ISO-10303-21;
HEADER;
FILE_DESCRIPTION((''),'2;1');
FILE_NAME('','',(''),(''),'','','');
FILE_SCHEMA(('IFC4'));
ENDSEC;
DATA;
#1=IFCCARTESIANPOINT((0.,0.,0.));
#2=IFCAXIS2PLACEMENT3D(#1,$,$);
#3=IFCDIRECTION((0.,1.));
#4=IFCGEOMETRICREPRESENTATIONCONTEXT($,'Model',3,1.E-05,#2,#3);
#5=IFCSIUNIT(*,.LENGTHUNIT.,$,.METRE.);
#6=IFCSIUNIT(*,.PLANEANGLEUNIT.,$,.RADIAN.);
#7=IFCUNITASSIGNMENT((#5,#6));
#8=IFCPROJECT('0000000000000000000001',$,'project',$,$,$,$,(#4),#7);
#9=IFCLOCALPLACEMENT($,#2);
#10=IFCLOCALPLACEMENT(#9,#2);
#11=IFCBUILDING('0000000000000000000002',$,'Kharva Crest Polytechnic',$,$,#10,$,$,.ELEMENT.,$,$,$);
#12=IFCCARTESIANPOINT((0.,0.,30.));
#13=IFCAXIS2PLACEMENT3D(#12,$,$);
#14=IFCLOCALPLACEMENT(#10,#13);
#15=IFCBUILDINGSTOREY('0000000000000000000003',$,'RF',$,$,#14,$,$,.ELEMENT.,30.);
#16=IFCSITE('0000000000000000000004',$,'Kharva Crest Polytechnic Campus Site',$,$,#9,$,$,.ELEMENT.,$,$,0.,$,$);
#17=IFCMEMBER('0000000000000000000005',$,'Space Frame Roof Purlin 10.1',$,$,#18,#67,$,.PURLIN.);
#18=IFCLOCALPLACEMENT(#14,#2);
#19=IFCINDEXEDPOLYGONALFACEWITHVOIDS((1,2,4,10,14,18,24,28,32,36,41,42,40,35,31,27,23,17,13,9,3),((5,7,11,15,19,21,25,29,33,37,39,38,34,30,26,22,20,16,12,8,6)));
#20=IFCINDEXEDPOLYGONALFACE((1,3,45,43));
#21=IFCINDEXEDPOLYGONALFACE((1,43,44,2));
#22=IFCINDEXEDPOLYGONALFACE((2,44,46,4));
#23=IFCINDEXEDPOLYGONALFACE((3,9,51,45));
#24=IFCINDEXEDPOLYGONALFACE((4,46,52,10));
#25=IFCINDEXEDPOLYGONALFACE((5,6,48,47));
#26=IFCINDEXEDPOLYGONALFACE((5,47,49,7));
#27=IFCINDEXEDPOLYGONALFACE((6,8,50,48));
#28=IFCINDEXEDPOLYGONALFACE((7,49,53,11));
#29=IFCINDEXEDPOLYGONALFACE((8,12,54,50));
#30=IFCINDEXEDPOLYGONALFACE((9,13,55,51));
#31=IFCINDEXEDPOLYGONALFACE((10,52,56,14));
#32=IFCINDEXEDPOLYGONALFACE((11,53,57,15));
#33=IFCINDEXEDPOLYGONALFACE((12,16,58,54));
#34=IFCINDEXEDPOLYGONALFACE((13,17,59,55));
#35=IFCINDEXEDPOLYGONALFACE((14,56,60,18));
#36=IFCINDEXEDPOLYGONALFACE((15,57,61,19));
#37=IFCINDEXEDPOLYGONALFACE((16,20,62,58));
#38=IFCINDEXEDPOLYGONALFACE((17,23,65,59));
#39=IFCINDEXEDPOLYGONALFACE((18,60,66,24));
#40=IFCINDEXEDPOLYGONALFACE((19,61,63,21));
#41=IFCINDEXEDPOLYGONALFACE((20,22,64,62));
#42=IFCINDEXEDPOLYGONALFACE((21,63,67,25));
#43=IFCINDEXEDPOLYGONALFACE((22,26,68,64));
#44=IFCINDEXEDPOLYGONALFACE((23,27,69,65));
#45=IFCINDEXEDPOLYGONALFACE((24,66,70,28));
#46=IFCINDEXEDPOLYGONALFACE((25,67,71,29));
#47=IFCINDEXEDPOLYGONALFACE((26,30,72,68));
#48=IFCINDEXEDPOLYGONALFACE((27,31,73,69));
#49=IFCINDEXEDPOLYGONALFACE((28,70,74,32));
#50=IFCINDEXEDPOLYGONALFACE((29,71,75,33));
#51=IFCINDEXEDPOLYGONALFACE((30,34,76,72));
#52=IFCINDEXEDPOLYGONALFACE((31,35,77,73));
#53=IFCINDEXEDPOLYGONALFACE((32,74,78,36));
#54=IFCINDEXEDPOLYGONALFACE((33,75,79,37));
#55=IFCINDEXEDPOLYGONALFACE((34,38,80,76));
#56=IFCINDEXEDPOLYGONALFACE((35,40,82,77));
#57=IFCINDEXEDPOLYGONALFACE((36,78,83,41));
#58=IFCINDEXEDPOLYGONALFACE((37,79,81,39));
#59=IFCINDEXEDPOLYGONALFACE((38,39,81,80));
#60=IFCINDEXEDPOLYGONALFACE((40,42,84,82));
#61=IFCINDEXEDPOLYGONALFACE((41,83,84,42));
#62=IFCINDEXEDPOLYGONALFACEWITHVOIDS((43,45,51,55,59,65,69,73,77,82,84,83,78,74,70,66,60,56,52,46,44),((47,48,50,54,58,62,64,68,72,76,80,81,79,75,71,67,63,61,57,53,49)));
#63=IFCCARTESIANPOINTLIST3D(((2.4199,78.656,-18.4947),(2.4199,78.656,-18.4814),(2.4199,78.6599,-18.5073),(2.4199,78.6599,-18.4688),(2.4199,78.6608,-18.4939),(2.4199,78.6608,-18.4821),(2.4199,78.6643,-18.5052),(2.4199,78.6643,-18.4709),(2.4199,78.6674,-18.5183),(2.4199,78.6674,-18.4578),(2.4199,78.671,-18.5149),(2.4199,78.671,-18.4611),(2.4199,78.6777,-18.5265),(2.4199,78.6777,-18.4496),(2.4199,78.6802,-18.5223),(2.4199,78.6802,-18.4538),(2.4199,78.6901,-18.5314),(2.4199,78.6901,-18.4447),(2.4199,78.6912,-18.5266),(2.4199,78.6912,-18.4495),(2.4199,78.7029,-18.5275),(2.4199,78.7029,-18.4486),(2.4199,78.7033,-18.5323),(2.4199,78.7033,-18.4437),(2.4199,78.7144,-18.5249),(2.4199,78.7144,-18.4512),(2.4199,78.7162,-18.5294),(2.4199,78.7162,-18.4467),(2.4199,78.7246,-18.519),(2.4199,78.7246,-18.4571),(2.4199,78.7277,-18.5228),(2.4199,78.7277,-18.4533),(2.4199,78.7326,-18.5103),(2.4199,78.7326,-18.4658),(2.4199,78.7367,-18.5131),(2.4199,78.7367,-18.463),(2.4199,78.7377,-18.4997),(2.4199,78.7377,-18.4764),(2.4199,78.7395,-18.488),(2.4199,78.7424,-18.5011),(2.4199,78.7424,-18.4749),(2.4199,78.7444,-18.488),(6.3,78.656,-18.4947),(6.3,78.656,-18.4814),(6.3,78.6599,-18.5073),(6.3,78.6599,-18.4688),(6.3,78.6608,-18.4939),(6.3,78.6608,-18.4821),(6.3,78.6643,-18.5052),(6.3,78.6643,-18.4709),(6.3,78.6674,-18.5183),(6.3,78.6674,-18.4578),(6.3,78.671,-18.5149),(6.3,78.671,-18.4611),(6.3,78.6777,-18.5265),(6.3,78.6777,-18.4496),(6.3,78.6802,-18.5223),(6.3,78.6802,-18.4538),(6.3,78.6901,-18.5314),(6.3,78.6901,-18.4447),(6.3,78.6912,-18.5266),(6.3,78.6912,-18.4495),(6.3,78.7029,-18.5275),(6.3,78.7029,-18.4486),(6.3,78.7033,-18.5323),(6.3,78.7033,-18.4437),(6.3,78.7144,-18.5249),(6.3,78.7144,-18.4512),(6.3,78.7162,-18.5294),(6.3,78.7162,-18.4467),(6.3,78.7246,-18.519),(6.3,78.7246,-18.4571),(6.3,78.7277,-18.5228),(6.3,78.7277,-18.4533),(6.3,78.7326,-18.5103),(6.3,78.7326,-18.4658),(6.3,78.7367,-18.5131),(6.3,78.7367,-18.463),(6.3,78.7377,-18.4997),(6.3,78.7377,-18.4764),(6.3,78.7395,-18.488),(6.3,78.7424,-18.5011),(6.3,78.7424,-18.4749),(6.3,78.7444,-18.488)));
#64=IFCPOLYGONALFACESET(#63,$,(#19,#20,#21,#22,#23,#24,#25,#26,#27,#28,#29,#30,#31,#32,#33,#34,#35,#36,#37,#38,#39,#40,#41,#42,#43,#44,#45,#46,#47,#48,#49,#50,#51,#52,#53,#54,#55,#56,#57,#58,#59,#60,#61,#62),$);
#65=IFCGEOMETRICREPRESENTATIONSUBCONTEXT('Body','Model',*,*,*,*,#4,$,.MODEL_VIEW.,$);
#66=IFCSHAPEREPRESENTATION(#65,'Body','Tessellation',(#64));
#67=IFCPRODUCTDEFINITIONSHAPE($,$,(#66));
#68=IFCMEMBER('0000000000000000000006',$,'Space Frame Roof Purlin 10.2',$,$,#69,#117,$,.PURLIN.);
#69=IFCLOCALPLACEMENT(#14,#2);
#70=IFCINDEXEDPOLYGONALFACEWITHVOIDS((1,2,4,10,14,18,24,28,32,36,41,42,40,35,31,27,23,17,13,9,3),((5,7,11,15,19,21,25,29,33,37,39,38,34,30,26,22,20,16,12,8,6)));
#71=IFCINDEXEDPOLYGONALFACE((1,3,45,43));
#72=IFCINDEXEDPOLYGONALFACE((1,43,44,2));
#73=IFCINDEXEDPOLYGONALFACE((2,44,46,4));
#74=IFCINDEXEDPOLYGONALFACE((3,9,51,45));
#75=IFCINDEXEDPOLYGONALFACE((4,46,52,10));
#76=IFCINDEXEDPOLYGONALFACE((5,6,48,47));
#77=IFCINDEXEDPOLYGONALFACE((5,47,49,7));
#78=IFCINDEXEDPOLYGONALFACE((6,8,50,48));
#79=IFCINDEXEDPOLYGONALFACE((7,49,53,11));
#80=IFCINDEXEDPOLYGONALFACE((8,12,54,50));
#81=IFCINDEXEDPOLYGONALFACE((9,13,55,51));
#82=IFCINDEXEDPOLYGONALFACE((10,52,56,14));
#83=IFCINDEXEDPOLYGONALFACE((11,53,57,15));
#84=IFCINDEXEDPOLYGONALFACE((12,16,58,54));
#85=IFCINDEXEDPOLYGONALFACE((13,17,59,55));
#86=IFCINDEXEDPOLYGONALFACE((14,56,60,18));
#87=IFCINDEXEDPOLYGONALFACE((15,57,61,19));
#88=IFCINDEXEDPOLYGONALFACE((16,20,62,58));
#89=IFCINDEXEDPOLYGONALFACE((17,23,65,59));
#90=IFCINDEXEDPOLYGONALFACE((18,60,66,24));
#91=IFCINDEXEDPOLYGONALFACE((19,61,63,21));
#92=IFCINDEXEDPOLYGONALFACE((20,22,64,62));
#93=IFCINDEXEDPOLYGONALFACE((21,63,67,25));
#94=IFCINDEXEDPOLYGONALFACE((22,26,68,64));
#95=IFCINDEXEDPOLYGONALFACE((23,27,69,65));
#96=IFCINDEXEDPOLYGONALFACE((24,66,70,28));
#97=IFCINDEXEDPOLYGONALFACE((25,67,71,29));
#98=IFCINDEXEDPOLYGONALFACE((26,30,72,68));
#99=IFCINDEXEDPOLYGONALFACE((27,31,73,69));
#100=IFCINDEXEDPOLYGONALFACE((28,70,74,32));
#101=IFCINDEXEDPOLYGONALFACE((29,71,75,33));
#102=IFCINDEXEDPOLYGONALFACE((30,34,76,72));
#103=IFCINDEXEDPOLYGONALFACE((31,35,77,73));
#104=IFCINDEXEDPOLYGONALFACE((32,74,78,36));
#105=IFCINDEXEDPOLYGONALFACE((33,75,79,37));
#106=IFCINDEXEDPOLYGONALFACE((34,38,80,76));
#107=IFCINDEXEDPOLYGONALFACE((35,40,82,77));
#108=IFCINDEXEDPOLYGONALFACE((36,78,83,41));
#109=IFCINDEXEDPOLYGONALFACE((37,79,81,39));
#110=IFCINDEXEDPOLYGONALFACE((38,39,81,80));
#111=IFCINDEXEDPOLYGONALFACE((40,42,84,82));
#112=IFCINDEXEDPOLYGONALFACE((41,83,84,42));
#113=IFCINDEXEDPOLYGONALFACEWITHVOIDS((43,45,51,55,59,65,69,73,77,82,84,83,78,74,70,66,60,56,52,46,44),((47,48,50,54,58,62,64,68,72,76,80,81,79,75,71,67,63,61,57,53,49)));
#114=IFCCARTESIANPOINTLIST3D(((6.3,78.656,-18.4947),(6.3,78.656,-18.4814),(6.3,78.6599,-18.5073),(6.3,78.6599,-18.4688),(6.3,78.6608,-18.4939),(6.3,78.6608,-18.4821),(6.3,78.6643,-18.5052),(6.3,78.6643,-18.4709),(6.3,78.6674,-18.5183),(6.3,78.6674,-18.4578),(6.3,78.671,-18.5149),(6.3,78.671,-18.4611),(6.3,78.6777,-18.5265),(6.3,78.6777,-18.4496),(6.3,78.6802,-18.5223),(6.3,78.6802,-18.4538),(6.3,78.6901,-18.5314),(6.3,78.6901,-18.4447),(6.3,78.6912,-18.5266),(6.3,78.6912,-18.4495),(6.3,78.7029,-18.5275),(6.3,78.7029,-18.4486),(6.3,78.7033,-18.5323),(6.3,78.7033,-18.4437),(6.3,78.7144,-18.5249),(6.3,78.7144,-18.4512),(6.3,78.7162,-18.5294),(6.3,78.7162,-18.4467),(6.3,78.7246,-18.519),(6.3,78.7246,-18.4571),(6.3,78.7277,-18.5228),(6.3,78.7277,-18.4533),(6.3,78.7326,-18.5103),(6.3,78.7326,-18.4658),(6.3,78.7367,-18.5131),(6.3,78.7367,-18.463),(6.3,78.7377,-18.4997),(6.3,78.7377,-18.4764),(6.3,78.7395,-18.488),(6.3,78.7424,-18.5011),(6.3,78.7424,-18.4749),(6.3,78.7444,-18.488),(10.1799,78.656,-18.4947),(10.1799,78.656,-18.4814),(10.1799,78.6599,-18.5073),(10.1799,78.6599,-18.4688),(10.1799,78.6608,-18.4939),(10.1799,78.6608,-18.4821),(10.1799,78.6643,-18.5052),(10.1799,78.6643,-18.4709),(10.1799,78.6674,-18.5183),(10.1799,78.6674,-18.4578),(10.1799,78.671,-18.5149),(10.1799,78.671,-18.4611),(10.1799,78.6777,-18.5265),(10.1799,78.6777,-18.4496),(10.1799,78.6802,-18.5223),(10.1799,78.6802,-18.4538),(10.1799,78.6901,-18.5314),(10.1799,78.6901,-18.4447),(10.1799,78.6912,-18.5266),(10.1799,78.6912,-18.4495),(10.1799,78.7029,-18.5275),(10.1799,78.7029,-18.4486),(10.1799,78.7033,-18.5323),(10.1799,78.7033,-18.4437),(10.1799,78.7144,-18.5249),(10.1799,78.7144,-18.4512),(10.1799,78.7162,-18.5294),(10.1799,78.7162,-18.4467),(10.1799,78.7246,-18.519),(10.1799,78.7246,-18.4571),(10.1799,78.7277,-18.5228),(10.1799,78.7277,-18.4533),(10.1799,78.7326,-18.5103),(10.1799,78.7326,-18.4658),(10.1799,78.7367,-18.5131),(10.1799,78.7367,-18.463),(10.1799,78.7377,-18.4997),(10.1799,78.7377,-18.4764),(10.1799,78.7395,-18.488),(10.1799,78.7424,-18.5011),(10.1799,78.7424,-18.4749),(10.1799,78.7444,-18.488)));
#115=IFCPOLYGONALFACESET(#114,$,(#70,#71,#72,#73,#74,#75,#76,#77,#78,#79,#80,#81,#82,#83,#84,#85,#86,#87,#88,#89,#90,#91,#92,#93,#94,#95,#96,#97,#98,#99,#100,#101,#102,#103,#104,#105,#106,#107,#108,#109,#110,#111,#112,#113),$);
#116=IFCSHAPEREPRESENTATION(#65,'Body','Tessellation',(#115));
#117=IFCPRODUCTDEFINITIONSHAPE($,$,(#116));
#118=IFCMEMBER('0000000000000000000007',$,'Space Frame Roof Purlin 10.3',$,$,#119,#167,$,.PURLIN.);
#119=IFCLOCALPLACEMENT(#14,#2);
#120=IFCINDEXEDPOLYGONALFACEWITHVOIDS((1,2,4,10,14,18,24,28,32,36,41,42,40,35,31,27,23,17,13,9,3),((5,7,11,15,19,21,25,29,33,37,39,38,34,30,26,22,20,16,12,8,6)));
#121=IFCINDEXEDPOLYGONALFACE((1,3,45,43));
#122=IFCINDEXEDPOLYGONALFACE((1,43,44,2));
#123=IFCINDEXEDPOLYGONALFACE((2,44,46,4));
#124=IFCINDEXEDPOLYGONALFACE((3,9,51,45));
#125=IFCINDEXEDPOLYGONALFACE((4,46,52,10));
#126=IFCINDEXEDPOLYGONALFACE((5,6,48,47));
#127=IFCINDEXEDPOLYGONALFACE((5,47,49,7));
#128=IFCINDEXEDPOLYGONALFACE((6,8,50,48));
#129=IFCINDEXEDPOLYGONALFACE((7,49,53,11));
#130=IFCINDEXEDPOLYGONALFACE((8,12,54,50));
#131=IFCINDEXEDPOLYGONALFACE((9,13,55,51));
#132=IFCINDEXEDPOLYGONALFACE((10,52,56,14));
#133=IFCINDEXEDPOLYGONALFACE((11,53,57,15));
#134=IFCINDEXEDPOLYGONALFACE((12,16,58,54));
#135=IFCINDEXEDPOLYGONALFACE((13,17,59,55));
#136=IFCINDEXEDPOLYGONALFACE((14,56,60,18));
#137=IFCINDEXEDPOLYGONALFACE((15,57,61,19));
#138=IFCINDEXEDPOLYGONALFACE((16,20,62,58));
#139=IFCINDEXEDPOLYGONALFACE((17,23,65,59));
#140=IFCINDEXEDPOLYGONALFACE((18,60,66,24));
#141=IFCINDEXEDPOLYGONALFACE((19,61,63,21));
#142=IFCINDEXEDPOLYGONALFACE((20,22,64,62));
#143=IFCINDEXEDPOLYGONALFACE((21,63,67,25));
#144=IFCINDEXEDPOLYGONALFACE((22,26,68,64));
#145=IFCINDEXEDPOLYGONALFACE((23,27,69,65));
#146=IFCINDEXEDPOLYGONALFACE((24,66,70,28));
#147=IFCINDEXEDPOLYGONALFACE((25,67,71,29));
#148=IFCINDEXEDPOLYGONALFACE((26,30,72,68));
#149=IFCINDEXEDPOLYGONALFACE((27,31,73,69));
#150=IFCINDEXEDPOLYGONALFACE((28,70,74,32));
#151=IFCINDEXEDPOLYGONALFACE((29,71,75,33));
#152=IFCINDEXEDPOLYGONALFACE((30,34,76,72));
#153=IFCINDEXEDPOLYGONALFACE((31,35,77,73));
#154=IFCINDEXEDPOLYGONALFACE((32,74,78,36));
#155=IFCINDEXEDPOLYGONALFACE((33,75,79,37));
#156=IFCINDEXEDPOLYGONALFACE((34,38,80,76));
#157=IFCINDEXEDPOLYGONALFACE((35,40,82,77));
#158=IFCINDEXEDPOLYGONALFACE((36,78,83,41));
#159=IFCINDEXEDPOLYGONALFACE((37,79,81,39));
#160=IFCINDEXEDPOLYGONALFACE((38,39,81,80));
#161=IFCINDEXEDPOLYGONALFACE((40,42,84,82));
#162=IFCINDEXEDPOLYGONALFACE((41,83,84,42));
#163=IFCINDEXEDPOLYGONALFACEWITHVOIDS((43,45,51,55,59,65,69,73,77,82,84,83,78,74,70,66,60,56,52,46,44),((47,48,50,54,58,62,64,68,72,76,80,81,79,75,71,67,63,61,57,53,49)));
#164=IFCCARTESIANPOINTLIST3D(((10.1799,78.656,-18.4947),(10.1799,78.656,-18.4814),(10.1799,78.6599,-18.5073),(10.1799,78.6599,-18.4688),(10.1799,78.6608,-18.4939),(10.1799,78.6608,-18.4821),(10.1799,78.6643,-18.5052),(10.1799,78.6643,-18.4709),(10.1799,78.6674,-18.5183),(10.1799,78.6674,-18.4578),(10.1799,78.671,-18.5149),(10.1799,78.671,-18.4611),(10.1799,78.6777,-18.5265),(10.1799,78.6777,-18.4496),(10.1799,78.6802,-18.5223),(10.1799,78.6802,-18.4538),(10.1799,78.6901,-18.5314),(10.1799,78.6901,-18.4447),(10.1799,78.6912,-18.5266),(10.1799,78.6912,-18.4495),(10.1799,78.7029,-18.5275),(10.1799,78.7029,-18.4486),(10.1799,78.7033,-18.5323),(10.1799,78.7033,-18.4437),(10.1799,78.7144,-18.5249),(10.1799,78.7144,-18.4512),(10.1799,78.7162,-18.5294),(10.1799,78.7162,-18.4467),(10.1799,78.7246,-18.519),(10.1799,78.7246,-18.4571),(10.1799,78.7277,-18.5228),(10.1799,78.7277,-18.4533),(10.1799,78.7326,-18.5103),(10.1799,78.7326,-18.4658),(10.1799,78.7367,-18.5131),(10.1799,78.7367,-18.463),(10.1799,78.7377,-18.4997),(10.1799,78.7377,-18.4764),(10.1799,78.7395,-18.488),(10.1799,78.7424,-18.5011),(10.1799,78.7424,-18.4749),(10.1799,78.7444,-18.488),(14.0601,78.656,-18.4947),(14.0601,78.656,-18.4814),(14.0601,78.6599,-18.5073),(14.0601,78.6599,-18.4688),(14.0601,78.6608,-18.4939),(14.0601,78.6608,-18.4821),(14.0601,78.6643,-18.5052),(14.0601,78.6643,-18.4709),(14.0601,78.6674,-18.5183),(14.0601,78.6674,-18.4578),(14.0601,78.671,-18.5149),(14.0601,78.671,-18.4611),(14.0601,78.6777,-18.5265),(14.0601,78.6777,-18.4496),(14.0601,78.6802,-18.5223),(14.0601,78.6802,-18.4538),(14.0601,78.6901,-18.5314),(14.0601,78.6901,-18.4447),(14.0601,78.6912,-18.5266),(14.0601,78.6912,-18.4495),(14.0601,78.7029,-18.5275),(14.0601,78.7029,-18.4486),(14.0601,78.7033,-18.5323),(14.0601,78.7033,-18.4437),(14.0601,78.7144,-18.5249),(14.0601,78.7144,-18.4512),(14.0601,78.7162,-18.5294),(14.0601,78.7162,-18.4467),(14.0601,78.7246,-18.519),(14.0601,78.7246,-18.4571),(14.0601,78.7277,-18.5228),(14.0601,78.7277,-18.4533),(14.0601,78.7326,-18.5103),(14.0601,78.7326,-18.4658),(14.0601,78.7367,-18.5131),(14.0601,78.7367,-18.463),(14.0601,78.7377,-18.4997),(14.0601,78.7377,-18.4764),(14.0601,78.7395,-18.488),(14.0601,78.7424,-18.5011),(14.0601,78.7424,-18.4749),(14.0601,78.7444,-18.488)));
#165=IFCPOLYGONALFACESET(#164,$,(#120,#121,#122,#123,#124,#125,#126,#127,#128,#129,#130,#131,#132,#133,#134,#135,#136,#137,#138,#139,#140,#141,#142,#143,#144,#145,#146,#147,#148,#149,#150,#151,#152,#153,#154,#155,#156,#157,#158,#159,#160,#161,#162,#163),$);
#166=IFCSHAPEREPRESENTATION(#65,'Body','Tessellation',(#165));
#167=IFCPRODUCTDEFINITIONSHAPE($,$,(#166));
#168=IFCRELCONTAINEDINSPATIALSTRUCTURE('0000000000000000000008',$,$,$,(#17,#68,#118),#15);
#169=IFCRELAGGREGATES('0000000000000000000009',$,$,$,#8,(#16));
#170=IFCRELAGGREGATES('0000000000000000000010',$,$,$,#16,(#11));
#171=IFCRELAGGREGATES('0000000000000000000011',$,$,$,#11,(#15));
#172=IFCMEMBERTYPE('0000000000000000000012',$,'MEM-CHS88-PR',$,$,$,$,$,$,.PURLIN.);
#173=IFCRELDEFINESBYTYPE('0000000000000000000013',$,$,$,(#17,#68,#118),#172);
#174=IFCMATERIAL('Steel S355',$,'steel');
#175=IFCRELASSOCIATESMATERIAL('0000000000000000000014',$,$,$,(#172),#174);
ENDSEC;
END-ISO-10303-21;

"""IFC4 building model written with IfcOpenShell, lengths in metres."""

from ifc_helpers import new_model, si_unit, direction, frame, origin, origin_2d, place, context, subcontext, project, spatial, hollow_circle, extrude, material, material_profile, profile_set, type_object, element, save


model = new_model("IFC4")

# Units and contexts
model_context = context("Model", 3, precision=1e-05, world=origin(), true_north=direction((0.0, 1.0)))
body_context = subcontext(model_context, "Body", "Model", "MODEL_VIEW")
ifc_project = project(units=[si_unit("LENGTHUNIT", "METRE"), si_unit("PLANEANGLEUNIT", "RADIAN")], contexts=[model_context])

# Site, building, storey
site_placement = place(None, origin())
site = spatial("IfcSite", under=ifc_project, at=site_placement, Name="Kharva Crest Polytechnic Campus Site", CompositionType="ELEMENT", RefElevation=0.0)
building_placement = place(site_placement, origin())
building = spatial("IfcBuilding", under=site, at=building_placement, Name="Kharva Crest Polytechnic", CompositionType="ELEMENT")
storey_placement = place(building_placement, frame((0.0, 0.0, 30.0)))
storey = spatial("IfcBuildingStorey", under=building, at=storey_placement, Name="RF", CompositionType="ELEMENT", Elevation=30.0)

# Members
ifc_material = material(Name="Steel S355", Category="steel")
ifc_material_profile = material_profile(ifc_material, hollow_circle(Radius=0.0444, WallThickness=0.0049, at=origin_2d()), Name="CHS 88.9X5.0")
ifc_profile_set = profile_set([ifc_material_profile], Name="Steel S355")
member_type = type_object("IfcMemberType", Name="MEM-CHS88-PR", PredefinedType="PURLIN", material=ifc_profile_set)
for number, where, z_axis, x_axis, name in (
    (1, (2.4199, 78.7, -18.488), (1.0, 0.0, 0.0), (0.0, 1.0, 0.0), "Space Frame Roof Purlin 10.1"),
):
    element("IfcMember", number, at=place(storey_placement, frame(where, z_axis=z_axis, x_axis=x_axis)), inside=storey, type_object=member_type, Name=name, PredefinedType="PURLIN", context=body_context, shape_type="SweptSolid", body=[
        extrude(hollow_circle(Radius=0.0444, WallThickness=0.0049, at=origin_2d()), origin(), (0.0, 0.0, 1.0), 3.8801),
    ])
member_1_placement = place(storey_placement, frame((6.3, 78.7, -18.488), z_axis=(1.0, 0.0, 0.0), x_axis=(0.0, 1.0, 0.0)))
element("IfcMember", 2, at=member_1_placement, inside=storey, type_object=member_type, Name="Space Frame Roof Purlin 10.2", PredefinedType="PURLIN", context=body_context, shape_type="SweptSolid", body=[
    extrude(hollow_circle(Radius=0.0444, WallThickness=0.0049, at=origin_2d()), origin(), (0.0, 0.0, 1.0), 3.8799),
])
for number, where, z_axis, x_axis, name in (
    (3, (10.1799, 78.7, -18.488), (1.0, 0.0, 0.0), (0.0, 1.0, 0.0), "Space Frame Roof Purlin 10.3"),
):
    element("IfcMember", number, at=place(storey_placement, frame(where, z_axis=z_axis, x_axis=x_axis)), inside=storey, type_object=member_type, Name=name, PredefinedType="PURLIN", context=body_context, shape_type="SweptSolid", body=[
        extrude(hollow_circle(Radius=0.0444, WallThickness=0.0049, at=origin_2d()), origin(), (0.0, 0.0, 1.0), 3.8801),
    ])

save(model, "model.ifc")
